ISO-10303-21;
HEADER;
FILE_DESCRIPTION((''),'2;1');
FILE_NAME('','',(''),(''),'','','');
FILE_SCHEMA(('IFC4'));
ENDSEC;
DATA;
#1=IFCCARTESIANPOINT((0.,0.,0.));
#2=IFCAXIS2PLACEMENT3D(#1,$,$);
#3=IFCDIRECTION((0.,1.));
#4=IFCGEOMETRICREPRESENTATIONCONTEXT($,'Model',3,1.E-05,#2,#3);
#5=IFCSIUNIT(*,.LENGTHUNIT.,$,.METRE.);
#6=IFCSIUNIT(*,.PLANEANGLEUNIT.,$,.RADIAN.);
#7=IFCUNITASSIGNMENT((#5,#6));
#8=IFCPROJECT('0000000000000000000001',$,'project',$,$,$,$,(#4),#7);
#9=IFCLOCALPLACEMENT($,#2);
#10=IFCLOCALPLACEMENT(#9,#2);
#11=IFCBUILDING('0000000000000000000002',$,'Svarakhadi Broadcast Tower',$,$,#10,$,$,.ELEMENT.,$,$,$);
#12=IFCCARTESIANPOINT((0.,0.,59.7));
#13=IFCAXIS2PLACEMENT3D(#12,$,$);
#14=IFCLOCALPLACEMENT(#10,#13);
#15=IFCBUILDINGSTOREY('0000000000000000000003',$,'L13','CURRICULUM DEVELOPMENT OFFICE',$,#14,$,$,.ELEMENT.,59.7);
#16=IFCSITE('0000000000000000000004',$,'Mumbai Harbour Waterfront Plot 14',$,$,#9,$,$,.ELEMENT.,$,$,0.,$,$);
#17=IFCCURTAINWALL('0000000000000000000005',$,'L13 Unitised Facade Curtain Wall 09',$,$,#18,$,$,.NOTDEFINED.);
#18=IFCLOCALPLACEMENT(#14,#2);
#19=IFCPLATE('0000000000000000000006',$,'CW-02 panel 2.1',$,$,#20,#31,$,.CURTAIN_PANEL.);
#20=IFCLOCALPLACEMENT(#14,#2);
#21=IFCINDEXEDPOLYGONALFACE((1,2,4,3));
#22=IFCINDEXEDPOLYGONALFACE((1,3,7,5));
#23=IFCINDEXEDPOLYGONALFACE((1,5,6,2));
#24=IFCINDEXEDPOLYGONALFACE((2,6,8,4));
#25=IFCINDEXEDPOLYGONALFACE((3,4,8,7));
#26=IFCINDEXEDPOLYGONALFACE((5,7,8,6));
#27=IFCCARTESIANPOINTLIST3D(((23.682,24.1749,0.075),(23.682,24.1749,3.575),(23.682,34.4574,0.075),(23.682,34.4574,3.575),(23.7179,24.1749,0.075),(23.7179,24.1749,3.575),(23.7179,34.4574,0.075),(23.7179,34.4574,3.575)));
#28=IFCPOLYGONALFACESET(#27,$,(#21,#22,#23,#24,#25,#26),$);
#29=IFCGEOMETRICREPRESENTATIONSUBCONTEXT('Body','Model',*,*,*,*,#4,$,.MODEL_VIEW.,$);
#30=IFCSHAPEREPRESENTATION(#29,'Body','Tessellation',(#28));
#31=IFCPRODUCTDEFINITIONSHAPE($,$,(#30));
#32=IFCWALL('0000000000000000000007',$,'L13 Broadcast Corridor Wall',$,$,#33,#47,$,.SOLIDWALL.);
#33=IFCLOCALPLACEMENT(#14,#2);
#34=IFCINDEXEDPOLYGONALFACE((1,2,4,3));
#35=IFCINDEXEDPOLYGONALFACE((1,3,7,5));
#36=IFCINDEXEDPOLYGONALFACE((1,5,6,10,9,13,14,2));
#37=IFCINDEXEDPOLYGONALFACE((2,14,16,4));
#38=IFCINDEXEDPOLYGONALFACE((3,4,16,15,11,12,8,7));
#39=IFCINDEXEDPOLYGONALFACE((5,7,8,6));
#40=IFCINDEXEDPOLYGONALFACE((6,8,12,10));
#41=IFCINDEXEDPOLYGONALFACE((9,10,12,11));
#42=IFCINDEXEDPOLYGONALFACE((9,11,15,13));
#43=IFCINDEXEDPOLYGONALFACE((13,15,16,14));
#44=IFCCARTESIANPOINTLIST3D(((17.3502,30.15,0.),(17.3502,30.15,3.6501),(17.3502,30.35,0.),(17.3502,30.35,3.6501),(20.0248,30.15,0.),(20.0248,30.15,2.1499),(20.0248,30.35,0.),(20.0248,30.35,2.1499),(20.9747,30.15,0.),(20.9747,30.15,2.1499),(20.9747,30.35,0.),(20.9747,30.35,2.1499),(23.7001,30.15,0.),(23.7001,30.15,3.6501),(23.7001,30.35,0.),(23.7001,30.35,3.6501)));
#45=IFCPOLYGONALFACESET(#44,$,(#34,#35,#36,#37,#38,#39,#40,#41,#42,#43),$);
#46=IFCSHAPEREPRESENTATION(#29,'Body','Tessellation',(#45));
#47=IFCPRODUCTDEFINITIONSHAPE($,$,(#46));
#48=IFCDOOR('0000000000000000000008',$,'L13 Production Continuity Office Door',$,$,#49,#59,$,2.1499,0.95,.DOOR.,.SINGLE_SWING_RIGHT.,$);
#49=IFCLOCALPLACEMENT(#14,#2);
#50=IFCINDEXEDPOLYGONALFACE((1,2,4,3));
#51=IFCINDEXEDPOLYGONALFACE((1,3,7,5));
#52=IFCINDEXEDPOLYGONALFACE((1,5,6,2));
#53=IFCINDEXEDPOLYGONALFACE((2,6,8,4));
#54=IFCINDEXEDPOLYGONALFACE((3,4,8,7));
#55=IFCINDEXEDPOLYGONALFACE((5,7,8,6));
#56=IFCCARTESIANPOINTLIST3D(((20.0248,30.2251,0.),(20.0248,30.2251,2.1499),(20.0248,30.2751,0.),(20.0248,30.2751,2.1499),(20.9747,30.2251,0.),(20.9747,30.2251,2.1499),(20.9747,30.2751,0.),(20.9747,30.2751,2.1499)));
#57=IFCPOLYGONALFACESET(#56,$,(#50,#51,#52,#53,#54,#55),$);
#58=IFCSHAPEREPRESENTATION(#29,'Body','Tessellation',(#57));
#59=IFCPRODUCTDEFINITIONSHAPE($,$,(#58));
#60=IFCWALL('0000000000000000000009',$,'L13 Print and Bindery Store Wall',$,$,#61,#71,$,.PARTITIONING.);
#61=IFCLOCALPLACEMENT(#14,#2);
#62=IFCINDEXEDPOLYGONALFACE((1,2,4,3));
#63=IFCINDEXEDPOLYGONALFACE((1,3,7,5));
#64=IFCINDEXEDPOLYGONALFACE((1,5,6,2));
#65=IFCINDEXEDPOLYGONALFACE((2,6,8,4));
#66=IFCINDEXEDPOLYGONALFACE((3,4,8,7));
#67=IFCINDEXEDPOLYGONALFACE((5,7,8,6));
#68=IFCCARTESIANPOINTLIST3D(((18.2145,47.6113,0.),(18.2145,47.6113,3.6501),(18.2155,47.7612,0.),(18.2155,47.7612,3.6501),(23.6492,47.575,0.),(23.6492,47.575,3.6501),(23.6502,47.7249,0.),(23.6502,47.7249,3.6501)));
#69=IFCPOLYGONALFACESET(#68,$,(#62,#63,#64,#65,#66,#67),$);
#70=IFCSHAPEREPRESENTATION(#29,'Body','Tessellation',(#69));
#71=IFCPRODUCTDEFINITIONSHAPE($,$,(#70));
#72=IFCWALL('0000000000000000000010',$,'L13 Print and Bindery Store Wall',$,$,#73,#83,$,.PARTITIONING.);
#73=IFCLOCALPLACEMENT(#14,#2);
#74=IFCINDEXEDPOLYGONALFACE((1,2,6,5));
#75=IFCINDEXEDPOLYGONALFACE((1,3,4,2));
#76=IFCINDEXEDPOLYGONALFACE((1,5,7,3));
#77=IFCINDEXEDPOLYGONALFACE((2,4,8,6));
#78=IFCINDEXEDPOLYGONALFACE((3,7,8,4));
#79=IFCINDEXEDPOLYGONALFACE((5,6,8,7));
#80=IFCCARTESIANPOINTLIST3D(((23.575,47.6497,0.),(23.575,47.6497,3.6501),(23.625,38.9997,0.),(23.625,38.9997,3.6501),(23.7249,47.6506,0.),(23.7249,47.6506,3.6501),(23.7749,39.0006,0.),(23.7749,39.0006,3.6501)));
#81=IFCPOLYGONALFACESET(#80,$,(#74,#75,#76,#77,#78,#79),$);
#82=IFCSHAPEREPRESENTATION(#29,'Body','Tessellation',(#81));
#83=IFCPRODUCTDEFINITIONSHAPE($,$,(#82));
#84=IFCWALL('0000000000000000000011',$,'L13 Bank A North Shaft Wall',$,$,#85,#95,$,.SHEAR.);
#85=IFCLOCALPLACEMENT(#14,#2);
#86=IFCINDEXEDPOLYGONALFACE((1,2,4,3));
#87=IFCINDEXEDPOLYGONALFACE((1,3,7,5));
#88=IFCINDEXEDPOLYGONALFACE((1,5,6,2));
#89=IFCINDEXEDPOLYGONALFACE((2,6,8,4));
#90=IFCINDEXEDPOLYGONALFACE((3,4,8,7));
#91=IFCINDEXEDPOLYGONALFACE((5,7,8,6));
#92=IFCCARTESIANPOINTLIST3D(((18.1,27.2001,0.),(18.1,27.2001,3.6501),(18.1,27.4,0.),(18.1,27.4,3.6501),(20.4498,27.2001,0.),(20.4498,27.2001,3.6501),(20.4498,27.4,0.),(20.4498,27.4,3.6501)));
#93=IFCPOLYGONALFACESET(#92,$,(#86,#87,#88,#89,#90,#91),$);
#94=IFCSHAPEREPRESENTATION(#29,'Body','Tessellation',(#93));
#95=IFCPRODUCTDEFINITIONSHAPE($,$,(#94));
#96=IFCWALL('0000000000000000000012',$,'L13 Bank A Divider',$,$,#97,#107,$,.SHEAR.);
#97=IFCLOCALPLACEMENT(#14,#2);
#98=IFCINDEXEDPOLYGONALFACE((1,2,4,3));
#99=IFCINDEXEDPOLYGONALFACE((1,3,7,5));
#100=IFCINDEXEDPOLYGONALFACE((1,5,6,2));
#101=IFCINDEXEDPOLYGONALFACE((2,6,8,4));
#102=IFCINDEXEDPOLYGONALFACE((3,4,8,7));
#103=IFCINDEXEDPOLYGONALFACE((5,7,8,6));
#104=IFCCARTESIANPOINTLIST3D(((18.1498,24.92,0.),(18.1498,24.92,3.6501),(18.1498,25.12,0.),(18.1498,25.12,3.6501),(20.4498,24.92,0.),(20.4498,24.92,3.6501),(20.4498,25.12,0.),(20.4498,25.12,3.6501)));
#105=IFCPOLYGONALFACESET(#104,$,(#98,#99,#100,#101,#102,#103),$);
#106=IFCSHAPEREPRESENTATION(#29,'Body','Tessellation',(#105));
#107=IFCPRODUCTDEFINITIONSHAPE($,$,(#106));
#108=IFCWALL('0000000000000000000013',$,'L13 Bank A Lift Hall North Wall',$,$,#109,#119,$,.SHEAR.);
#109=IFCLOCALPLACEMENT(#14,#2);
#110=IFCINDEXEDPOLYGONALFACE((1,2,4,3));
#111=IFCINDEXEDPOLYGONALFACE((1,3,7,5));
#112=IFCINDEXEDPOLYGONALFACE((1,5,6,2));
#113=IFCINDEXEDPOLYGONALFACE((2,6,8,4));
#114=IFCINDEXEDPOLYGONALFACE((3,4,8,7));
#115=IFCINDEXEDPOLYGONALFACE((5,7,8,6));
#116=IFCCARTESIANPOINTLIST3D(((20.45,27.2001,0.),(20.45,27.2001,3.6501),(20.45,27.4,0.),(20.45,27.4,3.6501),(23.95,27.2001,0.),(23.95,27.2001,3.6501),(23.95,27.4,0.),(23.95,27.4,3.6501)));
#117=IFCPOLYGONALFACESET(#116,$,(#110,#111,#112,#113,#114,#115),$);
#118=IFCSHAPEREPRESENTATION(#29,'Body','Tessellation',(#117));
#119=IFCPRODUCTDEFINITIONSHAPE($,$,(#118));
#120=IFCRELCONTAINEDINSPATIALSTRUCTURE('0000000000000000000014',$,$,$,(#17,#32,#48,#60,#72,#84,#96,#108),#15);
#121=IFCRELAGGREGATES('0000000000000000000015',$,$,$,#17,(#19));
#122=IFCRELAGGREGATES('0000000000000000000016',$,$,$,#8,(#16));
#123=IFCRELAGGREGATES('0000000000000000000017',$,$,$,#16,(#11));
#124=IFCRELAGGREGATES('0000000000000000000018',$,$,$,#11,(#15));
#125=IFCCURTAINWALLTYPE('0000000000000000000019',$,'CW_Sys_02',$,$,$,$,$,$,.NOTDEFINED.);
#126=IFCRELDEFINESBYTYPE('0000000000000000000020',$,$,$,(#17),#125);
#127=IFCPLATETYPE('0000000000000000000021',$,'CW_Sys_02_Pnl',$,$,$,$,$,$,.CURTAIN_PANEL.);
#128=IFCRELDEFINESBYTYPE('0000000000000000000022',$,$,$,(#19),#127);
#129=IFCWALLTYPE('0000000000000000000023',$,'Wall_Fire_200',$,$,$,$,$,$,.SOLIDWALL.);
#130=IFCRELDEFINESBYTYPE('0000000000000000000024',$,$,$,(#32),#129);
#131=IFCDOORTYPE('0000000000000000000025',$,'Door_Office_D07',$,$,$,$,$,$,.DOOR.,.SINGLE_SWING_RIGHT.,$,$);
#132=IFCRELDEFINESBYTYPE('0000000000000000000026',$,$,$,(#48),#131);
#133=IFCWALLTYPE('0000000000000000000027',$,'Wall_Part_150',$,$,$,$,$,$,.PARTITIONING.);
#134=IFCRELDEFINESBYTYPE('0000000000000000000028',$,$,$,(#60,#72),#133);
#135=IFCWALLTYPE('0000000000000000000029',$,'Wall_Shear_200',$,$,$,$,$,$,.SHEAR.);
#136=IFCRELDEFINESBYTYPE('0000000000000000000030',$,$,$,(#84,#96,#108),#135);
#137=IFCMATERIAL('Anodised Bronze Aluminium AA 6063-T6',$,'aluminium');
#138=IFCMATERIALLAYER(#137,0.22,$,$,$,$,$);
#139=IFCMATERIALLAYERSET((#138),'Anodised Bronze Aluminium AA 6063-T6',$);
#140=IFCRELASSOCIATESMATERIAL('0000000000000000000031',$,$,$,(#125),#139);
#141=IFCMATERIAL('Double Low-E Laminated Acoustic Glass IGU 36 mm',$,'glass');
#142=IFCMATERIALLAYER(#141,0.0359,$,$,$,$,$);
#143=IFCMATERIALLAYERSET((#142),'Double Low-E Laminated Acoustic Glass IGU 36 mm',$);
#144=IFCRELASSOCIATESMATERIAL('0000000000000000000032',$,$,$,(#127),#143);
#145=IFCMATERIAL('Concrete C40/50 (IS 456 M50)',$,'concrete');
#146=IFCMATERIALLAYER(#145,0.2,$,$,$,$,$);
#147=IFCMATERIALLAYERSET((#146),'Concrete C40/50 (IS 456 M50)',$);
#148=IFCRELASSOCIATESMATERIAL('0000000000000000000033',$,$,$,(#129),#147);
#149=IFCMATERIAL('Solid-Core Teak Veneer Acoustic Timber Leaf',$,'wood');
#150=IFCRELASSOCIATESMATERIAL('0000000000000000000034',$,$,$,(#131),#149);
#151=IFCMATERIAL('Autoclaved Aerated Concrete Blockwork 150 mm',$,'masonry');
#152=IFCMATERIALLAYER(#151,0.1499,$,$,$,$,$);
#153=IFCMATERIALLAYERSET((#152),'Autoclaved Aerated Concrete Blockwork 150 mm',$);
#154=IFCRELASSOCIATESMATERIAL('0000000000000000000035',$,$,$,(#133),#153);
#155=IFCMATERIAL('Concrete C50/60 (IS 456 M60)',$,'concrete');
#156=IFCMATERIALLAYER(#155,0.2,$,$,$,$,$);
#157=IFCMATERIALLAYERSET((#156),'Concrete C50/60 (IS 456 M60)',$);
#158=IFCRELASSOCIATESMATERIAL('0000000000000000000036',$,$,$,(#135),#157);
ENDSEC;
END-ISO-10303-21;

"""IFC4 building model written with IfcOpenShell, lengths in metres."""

from ifc_helpers import new_model, si_unit, direction, frame, frame_2d, origin, origin_2d, place, context, subcontext, project, spatial, rectangle, extrude, material, layer, layer_set, type_object, element, fill, aggregate, save


model = new_model("IFC4")

# Units and contexts
model_context = context("Model", 3, precision=1e-05, world=origin(), true_north=direction((0.0, 1.0)))
body_context = subcontext(model_context, "Body", "Model", "MODEL_VIEW")
ifc_project = project(units=[si_unit("LENGTHUNIT", "METRE"), si_unit("PLANEANGLEUNIT", "RADIAN")], contexts=[model_context])

# Site, building, storey
site_placement = place(None, origin())
site = spatial("IfcSite", under=ifc_project, at=site_placement, Name="Mumbai Harbour Waterfront Plot 14", CompositionType="ELEMENT", RefElevation=0.0)
building_placement = place(site_placement, origin())
building = spatial("IfcBuilding", under=site, at=building_placement, Name="Svarakhadi Broadcast Tower", CompositionType="ELEMENT")
storey_placement = place(building_placement, frame((0.0, 0.0, 59.7)))
storey = spatial("IfcBuildingStorey", under=building, at=storey_placement, Name="L13", Description="CURRICULUM DEVELOPMENT OFFICE", CompositionType="ELEMENT", Elevation=59.7)

# Curtain wall
ifc_material_1 = material(Name="Anodised Bronze Aluminium AA 6063-T6", Category="aluminium")
ifc_layer_1 = layer(ifc_material_1, 0.22)
ifc_layer_set_1 = layer_set([ifc_layer_1], Name="Anodised Bronze Aluminium AA 6063-T6")
curtain_wall_type = type_object("IfcCurtainWallType", Name="CW_Sys_02", PredefinedType="NOTDEFINED", material=ifc_layer_set_1)
curtain_wall_1_placement = place(storey_placement, origin())
curtain_wall_1 = element("IfcCurtainWall", 1, at=curtain_wall_1_placement, inside=storey, type_object=curtain_wall_type, Name="L13 Unitised Facade Curtain Wall 09", PredefinedType="NOTDEFINED")

# Plate
ifc_material_2 = material(Name="Double Low-E Laminated Acoustic Glass IGU 36 mm", Category="glass")
ifc_layer_2 = layer(ifc_material_2, 0.0359)
ifc_layer_set_2 = layer_set([ifc_layer_2], Name="Double Low-E Laminated Acoustic Glass IGU 36 mm")
plate_type = type_object("IfcPlateType", Name="CW_Sys_02_Pnl", PredefinedType="CURTAIN_PANEL", material=ifc_layer_set_2)
plate_1_placement = place(storey_placement, frame((23.7, 29.3162, 0.075), z_axis=(0.0, 0.0, 1.0), x_axis=(0.0, -1.0, 0.0)))
plate_1 = element("IfcPlate", 2, at=plate_1_placement, type_object=plate_type, Name="CW-02 panel 2.1", PredefinedType="CURTAIN_PANEL", context=body_context, shape_type="SweptSolid", body=[
    extrude(rectangle(XDim=10.2825, YDim=0.0359, at=origin_2d()), origin(), (0.0, 0.0, 1.0), 3.5),
])
aggregate(curtain_wall_1, [plate_1])

# Wall, opening, door
ifc_material_3 = material(Name="Concrete C40/50 (IS 456 M50)", Category="concrete")
ifc_layer_3 = layer(ifc_material_3, 0.2)
ifc_layer_set_3 = layer_set([ifc_layer_3], Name="Concrete C40/50 (IS 456 M50)")
wall_type_1 = type_object("IfcWallType", Name="Wall_Fire_200", PredefinedType="SOLIDWALL", material=ifc_layer_set_3)
wall_1_placement = place(storey_placement, frame((23.7, 30.25, 0.0), z_axis=(0.0, 0.0, 1.0), x_axis=(-1.0, 0.0, 0.0)))
wall_1 = element("IfcWall", 3, at=wall_1_placement, inside=storey, type_object=wall_type_1, Name="L13 Broadcast Corridor Wall", PredefinedType="SOLIDWALL", context=body_context, shape_type="SweptSolid", body=[
    extrude(rectangle(XDim=6.3499, YDim=0.2, at=frame_2d((3.1748, 0.0))), origin(), (0.0, 0.0, 1.0), 3.6501),
])
opening_placement = place(wall_1_placement, frame((2.7251, 0.0, 0.0)))
opening = element("IfcOpeningElement", 4, at=opening_placement, cuts=wall_1, PredefinedType="OPENING", context=body_context, shape_type="SweptSolid", body=[
    extrude(rectangle(XDim=0.95, YDim=2.1499, at=frame_2d((0.4751, 1.075))), frame((0.0, 0.1099, 0.0), z_axis=(0.0, -1.0, 0.0), x_axis=(1.0, 0.0, 0.0)), (0.0, 0.0, 1.0), 0.22),
])
ifc_material_4 = material(Name="Solid-Core Teak Veneer Acoustic Timber Leaf", Category="wood")
door_type = type_object("IfcDoorType", Name="Door_Office_D07", OperationType="SINGLE_SWING_RIGHT", PredefinedType="DOOR", material=ifc_material_4)
door_placement = place(opening_placement, origin())
door = element("IfcDoor", 5, at=door_placement, inside=storey, type_object=door_type, Name="L13 Production Continuity Office Door", OperationType="SINGLE_SWING_RIGHT", OverallHeight=2.1499, OverallWidth=0.95, PredefinedType="DOOR", context=body_context, shape_type="SweptSolid", body=[
    extrude(rectangle(XDim=0.95, YDim=2.1499, at=frame_2d((0.4751, 1.075))), frame((0.0, 0.0249, 0.0), z_axis=(0.0, -1.0, 0.0), x_axis=(1.0, 0.0, 0.0)), (0.0, 0.0, 1.0), 0.05),
])
fill(opening, door)

# Walls
ifc_material_5 = material(Name="Autoclaved Aerated Concrete Blockwork 150 mm", Category="masonry")
ifc_layer_4 = layer(ifc_material_5, 0.1499)
ifc_layer_set_4 = layer_set([ifc_layer_4], Name="Autoclaved Aerated Concrete Blockwork 150 mm")
wall_type_2 = type_object("IfcWallType", Name="Wall_Part_150", PredefinedType="PARTITIONING", material=ifc_layer_set_4)
wall_2_placement = place(storey_placement, frame((18.2151, 47.6863, 0.0), z_axis=(0.0, 0.0, 1.0), x_axis=(0.999978, -0.006693, 0.0)))
element("IfcWall", 6, at=wall_2_placement, inside=storey, type_object=wall_type_2, Name="L13 Print and Bindery Store Wall", PredefinedType="PARTITIONING", context=body_context, shape_type="SweptSolid", body=[
    extrude(rectangle(XDim=5.4348, YDim=0.1499, at=frame_2d((2.7173, 0.0))), origin(), (0.0, 0.0, 1.0), 3.6501),
])
wall_3_placement = place(storey_placement, frame((23.7, 39.0, 0.0), z_axis=(0.0, 0.0, 1.0), x_axis=(-0.005786, 0.999983, 0.0)))
element("IfcWall", 7, at=wall_3_placement, inside=storey, type_object=wall_type_2, Name="L13 Print and Bindery Store Wall", PredefinedType="PARTITIONING", context=body_context, shape_type="SweptSolid", body=[
    extrude(rectangle(XDim=8.6501, YDim=0.1499, at=frame_2d((4.3252, 0.0))), origin(), (0.0, 0.0, 1.0), 3.6501),
])
ifc_material_6 = material(Name="Concrete C50/60 (IS 456 M60)", Category="concrete")
ifc_layer_5 = layer(ifc_material_6, 0.2)
ifc_layer_set_5 = layer_set([ifc_layer_5], Name="Concrete C50/60 (IS 456 M60)")
wall_type_3 = type_object("IfcWallType", Name="Wall_Shear_200", PredefinedType="SHEAR", material=ifc_layer_set_5)
wall_4_placement = place(storey_placement, frame((18.1001, 27.3, 0.0), z_axis=(0.0, 0.0, 1.0), x_axis=(1.0, 0.0, 0.0)))
element("IfcWall", 8, at=wall_4_placement, inside=storey, type_object=wall_type_3, Name="L13 Bank A North Shaft Wall", PredefinedType="SHEAR", context=body_context, shape_type="SweptSolid", body=[
    extrude(rectangle(XDim=2.3499, YDim=0.2, at=frame_2d((1.1748, 0.0))), origin(), (0.0, 0.0, 1.0), 3.6501),
])
wall_5_placement = place(storey_placement, frame((18.1499, 25.02, 0.0), z_axis=(0.0, 0.0, 1.0), x_axis=(1.0, 0.0, 0.0)))
element("IfcWall", 9, at=wall_5_placement, inside=storey, type_object=wall_type_3, Name="L13 Bank A Divider", PredefinedType="SHEAR", context=body_context, shape_type="SweptSolid", body=[
    extrude(rectangle(XDim=2.3, YDim=0.2, at=frame_2d((1.1499, 0.0))), origin(), (0.0, 0.0, 1.0), 3.6501),
])
wall_6_placement = place(storey_placement, frame((20.45, 27.3, 0.0), z_axis=(0.0, 0.0, 1.0), x_axis=(1.0, 0.0, 0.0)))
element("IfcWall", 10, at=wall_6_placement, inside=storey, type_object=wall_type_3, Name="L13 Bank A Lift Hall North Wall", PredefinedType="SHEAR", context=body_context, shape_type="SweptSolid", body=[
    extrude(rectangle(XDim=3.5, YDim=0.2, at=frame_2d((1.75, 0.0))), origin(), (0.0, 0.0, 1.0), 3.6501),
])

save(model, "model.ifc")
